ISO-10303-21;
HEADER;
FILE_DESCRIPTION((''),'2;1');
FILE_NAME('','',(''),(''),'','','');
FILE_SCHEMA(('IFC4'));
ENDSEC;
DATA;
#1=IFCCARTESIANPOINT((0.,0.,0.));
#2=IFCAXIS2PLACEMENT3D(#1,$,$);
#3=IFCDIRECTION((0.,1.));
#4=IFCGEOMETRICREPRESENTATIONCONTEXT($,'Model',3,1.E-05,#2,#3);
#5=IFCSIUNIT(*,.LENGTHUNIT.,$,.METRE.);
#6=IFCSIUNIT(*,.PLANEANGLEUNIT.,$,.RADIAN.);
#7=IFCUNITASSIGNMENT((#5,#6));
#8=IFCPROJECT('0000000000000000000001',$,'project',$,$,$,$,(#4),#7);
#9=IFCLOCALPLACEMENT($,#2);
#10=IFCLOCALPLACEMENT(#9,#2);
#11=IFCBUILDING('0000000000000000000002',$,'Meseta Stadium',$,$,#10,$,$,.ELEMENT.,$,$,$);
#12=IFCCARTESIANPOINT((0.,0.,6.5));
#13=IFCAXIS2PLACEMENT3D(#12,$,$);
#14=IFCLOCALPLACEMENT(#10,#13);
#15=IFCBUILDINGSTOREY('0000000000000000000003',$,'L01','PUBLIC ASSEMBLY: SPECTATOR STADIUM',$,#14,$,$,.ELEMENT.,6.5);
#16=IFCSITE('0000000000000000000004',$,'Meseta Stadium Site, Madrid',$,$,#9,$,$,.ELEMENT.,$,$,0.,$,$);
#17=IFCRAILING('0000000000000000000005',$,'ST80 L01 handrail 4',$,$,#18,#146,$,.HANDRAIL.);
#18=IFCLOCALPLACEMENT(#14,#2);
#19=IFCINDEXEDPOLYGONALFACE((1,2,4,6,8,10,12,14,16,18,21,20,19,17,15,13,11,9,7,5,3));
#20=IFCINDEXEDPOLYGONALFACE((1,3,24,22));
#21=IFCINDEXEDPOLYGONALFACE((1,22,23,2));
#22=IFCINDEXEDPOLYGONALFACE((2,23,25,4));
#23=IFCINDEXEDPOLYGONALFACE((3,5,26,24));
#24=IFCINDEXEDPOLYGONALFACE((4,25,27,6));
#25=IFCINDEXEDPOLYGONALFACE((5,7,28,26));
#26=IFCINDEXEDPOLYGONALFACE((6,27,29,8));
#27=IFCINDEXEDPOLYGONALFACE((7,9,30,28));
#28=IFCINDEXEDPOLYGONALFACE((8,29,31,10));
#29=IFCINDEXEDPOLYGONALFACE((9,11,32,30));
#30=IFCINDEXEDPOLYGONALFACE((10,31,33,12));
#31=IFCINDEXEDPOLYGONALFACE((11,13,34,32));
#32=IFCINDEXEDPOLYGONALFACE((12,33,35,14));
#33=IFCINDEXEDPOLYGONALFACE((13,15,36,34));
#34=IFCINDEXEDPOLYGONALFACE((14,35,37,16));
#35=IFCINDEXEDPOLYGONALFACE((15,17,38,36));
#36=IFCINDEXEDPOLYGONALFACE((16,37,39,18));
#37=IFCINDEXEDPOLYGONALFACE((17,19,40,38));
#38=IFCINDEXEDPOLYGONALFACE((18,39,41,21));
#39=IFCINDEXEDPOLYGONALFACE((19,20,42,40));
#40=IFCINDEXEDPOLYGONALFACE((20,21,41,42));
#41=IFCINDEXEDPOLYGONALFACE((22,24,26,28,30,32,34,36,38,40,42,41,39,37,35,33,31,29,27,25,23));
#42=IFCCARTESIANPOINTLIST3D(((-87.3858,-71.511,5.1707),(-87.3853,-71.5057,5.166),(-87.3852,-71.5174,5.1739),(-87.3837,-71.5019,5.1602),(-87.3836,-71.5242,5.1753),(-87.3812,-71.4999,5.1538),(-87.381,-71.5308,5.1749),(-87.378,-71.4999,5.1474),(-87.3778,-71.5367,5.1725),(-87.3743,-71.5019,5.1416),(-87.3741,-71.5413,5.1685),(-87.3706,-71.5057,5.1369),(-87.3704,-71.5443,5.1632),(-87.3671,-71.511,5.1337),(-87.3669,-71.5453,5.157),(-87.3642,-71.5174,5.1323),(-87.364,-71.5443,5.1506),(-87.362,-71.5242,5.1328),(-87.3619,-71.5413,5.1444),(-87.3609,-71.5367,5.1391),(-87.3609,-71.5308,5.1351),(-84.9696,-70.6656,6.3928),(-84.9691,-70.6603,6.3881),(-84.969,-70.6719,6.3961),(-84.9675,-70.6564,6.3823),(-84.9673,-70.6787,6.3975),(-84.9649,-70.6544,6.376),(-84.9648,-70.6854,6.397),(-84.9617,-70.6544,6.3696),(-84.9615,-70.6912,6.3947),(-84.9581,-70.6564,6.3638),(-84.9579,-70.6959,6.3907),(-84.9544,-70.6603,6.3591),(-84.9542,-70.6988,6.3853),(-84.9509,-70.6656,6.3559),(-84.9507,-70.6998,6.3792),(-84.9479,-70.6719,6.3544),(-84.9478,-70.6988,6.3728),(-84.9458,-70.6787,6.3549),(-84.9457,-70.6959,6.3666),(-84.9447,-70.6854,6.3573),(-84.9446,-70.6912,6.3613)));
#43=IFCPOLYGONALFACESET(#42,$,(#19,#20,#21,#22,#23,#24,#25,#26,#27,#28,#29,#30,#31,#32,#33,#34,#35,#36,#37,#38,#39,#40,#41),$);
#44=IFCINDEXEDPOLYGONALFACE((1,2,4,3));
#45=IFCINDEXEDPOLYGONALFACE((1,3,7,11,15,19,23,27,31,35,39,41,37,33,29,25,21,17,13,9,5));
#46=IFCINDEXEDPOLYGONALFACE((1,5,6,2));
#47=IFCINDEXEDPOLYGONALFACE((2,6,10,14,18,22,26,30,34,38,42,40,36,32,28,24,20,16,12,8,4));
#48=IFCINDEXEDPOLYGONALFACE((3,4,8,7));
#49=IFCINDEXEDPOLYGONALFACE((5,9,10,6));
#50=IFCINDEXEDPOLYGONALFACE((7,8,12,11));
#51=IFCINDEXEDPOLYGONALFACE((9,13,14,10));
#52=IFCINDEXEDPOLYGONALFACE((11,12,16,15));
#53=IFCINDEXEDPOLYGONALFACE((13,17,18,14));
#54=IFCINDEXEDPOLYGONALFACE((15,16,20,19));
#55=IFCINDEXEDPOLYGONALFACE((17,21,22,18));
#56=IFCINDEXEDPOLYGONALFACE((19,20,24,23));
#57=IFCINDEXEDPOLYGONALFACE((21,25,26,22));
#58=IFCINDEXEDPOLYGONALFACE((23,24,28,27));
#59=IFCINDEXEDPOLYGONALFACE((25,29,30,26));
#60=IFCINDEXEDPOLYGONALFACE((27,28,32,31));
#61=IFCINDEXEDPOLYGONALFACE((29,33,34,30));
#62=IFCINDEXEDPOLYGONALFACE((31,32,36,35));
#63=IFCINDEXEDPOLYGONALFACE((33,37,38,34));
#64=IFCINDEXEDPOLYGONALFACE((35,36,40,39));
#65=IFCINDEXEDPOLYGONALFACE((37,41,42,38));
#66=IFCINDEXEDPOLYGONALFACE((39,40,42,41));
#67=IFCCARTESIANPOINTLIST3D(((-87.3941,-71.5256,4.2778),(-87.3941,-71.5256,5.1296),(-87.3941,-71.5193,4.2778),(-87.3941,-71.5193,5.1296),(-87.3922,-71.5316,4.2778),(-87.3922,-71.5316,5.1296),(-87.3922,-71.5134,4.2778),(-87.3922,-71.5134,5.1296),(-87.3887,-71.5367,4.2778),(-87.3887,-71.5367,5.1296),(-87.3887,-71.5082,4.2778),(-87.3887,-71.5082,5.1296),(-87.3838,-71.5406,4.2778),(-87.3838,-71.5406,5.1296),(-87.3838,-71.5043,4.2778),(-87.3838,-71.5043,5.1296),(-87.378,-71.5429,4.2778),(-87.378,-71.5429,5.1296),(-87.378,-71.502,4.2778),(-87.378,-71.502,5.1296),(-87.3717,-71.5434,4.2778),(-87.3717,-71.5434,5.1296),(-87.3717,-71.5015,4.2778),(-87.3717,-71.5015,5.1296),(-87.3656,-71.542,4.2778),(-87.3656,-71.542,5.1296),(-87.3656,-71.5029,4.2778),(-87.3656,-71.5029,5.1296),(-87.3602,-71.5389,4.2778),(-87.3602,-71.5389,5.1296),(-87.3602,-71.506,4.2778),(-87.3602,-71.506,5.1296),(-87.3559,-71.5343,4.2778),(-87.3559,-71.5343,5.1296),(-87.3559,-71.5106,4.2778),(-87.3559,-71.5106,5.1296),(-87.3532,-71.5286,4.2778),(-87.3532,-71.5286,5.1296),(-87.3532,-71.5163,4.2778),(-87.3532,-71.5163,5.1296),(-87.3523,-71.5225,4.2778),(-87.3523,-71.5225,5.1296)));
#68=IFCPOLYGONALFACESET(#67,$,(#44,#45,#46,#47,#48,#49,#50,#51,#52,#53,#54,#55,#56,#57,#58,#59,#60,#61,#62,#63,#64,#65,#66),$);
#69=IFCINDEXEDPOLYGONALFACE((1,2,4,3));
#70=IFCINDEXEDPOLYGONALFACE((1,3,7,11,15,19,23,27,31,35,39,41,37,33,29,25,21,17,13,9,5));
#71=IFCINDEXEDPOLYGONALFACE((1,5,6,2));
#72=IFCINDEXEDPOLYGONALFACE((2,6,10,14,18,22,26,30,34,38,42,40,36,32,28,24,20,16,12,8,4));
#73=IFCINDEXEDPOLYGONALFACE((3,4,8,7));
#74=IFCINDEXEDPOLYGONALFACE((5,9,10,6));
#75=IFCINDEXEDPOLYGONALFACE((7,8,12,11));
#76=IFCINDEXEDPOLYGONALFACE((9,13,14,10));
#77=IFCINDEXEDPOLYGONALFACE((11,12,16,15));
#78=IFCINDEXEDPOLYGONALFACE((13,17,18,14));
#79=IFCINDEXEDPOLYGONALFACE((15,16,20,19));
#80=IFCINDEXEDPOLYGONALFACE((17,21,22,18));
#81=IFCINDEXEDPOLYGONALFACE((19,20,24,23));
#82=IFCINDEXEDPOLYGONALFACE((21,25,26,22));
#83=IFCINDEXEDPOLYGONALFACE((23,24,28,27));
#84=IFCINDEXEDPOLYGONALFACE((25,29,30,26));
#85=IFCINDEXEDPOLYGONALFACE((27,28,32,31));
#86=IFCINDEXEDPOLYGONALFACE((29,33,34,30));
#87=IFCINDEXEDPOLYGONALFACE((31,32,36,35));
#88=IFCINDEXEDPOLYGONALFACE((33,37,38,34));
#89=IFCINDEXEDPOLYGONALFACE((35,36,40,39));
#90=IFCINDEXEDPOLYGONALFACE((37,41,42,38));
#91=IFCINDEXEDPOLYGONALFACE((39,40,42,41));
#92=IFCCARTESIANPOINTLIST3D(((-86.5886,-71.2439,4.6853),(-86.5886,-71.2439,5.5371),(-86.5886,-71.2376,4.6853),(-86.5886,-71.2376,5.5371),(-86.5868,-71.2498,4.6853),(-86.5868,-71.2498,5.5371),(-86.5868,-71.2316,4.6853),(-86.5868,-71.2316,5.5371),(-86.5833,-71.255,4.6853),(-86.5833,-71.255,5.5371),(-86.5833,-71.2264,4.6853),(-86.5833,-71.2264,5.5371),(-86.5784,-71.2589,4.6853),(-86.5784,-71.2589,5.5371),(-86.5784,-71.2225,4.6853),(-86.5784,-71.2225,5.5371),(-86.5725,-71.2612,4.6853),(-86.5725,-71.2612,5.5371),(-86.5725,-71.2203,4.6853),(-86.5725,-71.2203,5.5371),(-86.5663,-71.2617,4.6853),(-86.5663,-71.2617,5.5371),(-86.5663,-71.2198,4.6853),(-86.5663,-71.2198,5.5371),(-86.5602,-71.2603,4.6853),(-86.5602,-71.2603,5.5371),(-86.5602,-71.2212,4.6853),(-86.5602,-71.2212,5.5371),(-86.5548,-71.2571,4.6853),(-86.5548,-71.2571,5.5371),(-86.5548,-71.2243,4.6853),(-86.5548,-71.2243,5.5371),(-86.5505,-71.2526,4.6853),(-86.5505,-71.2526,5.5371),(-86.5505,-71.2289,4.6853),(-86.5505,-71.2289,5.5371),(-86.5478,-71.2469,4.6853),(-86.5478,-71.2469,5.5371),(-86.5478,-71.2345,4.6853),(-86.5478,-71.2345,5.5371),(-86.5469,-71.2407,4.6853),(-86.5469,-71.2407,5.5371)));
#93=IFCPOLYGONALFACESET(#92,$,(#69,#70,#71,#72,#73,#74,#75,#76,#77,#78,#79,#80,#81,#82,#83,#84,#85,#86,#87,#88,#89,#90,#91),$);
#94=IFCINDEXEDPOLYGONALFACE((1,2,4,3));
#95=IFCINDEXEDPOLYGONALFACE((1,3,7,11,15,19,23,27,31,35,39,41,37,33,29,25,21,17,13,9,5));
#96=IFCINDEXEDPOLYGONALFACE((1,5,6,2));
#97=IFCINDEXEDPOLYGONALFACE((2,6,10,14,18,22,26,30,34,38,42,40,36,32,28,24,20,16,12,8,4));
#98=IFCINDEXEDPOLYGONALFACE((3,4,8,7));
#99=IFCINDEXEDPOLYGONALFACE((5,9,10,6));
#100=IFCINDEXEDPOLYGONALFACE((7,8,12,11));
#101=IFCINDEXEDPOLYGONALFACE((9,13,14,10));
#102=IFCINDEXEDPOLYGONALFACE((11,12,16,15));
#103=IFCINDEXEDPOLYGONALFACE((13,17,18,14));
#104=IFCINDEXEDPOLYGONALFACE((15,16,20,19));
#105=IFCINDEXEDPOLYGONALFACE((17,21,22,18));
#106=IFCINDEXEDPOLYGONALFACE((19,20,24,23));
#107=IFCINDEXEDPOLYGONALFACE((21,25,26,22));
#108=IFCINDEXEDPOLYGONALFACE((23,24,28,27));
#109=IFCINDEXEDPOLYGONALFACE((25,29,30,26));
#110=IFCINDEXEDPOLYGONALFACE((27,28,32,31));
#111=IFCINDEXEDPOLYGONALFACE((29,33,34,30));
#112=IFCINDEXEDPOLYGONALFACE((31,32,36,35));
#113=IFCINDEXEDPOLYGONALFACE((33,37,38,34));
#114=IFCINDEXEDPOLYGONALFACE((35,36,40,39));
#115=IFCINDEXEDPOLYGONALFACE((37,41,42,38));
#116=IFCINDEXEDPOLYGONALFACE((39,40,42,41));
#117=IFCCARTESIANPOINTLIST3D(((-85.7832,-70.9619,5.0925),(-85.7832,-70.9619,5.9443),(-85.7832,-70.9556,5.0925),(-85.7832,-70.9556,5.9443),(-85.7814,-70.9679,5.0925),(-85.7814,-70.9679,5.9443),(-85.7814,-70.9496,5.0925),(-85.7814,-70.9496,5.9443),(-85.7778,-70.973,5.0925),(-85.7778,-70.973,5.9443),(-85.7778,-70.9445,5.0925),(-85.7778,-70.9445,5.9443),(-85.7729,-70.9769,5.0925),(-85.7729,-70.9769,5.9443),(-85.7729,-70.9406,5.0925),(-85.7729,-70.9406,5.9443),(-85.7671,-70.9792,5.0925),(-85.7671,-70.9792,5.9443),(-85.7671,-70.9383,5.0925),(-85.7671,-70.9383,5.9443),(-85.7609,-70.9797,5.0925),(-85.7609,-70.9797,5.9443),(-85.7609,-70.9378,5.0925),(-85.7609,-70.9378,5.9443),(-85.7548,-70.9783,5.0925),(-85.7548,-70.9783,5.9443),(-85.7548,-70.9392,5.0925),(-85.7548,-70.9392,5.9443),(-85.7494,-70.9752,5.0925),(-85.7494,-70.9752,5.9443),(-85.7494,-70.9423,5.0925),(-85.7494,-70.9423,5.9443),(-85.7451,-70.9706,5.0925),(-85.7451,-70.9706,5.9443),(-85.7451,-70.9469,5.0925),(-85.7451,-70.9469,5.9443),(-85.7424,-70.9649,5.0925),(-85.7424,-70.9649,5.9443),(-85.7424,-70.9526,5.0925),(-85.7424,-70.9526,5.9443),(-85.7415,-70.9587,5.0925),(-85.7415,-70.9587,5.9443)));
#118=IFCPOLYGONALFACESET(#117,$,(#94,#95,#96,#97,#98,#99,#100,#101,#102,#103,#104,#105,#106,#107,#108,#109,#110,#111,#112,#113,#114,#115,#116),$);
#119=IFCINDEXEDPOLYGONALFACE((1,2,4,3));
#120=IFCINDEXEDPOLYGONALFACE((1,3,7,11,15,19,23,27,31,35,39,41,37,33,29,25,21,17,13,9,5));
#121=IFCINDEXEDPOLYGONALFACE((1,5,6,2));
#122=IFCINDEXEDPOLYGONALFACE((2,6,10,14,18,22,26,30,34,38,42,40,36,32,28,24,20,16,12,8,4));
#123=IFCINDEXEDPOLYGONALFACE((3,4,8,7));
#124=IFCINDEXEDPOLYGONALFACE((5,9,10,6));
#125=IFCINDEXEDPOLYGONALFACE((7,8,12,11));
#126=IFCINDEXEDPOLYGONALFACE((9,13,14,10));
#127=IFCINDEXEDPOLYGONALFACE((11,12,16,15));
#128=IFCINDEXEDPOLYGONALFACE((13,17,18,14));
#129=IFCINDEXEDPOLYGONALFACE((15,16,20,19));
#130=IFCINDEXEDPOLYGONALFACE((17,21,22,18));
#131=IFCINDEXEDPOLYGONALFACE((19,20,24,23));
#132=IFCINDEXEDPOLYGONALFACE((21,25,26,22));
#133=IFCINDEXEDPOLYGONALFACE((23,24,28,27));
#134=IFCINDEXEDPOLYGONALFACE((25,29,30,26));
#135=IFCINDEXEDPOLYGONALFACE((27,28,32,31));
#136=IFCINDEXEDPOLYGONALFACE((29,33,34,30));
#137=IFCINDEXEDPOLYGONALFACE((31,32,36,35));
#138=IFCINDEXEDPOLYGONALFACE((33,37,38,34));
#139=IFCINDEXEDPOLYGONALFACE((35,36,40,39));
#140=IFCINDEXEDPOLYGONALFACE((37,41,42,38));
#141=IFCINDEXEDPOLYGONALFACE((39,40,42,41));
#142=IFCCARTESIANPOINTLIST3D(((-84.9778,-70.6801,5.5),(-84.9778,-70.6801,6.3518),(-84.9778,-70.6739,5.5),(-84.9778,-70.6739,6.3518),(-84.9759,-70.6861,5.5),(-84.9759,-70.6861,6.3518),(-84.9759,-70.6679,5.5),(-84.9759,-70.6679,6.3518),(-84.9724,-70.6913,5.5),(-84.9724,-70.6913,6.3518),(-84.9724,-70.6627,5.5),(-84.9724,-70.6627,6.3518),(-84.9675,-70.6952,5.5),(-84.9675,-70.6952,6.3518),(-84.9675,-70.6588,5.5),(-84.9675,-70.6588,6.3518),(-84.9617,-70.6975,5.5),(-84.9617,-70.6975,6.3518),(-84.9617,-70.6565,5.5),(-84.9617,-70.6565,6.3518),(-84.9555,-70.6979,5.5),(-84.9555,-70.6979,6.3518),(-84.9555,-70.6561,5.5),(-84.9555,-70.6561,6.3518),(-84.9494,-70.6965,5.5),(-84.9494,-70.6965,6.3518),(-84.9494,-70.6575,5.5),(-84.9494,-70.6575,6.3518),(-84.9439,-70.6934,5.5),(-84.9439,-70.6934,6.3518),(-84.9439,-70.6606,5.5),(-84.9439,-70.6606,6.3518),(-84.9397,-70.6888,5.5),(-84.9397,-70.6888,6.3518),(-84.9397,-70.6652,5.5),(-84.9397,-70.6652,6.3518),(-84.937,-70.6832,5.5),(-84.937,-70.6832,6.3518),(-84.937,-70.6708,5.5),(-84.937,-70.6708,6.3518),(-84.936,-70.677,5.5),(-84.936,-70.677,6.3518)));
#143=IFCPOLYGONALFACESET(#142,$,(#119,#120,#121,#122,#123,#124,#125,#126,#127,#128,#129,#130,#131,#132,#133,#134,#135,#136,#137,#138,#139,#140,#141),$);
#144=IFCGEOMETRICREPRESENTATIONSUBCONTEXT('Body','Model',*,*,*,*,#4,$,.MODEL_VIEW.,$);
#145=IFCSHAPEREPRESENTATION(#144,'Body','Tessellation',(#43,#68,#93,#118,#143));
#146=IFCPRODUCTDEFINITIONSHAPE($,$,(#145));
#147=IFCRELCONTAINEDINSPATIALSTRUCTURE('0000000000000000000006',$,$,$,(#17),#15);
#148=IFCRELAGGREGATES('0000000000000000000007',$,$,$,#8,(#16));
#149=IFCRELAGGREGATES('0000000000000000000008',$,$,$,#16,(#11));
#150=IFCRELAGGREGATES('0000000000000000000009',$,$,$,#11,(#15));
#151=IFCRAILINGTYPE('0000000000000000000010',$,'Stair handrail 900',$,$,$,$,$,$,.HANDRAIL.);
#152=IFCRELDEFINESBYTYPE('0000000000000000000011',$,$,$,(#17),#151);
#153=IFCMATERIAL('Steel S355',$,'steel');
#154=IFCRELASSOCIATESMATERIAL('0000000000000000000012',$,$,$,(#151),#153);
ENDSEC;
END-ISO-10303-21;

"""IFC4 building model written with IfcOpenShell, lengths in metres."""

from ifc_helpers import new_model, si_unit, direction, frame, origin, origin_2d, place, context, subcontext, project, spatial, circle, extrude, material, type_object, element, save


model = new_model("IFC4")

# Units and contexts
model_context = context("Model", 3, precision=1e-05, world=origin(), true_north=direction((0.0, 1.0)))
body_context = subcontext(model_context, "Body", "Model", "MODEL_VIEW")
ifc_project = project(units=[si_unit("LENGTHUNIT", "METRE"), si_unit("PLANEANGLEUNIT", "RADIAN")], contexts=[model_context])

# Site, building, storey
site_placement = place(None, origin())
site = spatial("IfcSite", under=ifc_project, at=site_placement, Name="Meseta Stadium Site, Madrid", CompositionType="ELEMENT", RefElevation=0.0)
building_placement = place(site_placement, origin())
building = spatial("IfcBuilding", under=site, at=building_placement, Name="Meseta Stadium", CompositionType="ELEMENT")
storey_placement = place(building_placement, frame((0.0, 0.0, 6.5)))
storey = spatial("IfcBuildingStorey", under=building, at=storey_placement, Name="L01", Description="PUBLIC ASSEMBLY: SPECTATOR STADIUM", CompositionType="ELEMENT", Elevation=6.5)

# Railing
ifc_material_1 = material(Name="Steel S355", Category="steel")
railing_type_1 = type_object("IfcRailingType", Name="Stair handrail 900", PredefinedType="HANDRAIL", material=ifc_material_1)
railing_1_placement = place(storey_placement, frame((-87.3733, -71.5225, 4.2778)))
element("IfcRailing", 1, at=railing_1_placement, inside=storey, type_object=railing_type_1, Name="ST80 L01 handrail 4", PredefinedType="HANDRAIL", context=body_context, shape_type="SweptSolid", body=[
    extrude(circle(Radius=0.0239, at=origin_2d()), frame((0.0, 0.0, 0.876), z_axis=(0.851789, 0.298044, 0.430843), x_axis=(-0.33027, 0.943887, 0.0)), (0.0, 0.0, 1.0), 2.8367),
    extrude(circle(Radius=0.021, at=origin_2d()), origin(), (0.0, 0.0, 1.0), 0.8518),
    extrude(circle(Radius=0.021, at=origin_2d()), frame((0.8054, 0.2817, 0.4075)), (0.0, 0.0, 1.0), 0.8518),
    extrude(circle(Radius=0.021, at=origin_2d()), frame((1.6108, 0.5637, 0.8147)), (0.0, 0.0, 1.0), 0.8518),
    extrude(circle(Radius=0.021, at=origin_2d()), frame((2.4163, 0.8455, 1.2222)), (0.0, 0.0, 1.0), 0.8518),
])

save(model, "model.ifc")
